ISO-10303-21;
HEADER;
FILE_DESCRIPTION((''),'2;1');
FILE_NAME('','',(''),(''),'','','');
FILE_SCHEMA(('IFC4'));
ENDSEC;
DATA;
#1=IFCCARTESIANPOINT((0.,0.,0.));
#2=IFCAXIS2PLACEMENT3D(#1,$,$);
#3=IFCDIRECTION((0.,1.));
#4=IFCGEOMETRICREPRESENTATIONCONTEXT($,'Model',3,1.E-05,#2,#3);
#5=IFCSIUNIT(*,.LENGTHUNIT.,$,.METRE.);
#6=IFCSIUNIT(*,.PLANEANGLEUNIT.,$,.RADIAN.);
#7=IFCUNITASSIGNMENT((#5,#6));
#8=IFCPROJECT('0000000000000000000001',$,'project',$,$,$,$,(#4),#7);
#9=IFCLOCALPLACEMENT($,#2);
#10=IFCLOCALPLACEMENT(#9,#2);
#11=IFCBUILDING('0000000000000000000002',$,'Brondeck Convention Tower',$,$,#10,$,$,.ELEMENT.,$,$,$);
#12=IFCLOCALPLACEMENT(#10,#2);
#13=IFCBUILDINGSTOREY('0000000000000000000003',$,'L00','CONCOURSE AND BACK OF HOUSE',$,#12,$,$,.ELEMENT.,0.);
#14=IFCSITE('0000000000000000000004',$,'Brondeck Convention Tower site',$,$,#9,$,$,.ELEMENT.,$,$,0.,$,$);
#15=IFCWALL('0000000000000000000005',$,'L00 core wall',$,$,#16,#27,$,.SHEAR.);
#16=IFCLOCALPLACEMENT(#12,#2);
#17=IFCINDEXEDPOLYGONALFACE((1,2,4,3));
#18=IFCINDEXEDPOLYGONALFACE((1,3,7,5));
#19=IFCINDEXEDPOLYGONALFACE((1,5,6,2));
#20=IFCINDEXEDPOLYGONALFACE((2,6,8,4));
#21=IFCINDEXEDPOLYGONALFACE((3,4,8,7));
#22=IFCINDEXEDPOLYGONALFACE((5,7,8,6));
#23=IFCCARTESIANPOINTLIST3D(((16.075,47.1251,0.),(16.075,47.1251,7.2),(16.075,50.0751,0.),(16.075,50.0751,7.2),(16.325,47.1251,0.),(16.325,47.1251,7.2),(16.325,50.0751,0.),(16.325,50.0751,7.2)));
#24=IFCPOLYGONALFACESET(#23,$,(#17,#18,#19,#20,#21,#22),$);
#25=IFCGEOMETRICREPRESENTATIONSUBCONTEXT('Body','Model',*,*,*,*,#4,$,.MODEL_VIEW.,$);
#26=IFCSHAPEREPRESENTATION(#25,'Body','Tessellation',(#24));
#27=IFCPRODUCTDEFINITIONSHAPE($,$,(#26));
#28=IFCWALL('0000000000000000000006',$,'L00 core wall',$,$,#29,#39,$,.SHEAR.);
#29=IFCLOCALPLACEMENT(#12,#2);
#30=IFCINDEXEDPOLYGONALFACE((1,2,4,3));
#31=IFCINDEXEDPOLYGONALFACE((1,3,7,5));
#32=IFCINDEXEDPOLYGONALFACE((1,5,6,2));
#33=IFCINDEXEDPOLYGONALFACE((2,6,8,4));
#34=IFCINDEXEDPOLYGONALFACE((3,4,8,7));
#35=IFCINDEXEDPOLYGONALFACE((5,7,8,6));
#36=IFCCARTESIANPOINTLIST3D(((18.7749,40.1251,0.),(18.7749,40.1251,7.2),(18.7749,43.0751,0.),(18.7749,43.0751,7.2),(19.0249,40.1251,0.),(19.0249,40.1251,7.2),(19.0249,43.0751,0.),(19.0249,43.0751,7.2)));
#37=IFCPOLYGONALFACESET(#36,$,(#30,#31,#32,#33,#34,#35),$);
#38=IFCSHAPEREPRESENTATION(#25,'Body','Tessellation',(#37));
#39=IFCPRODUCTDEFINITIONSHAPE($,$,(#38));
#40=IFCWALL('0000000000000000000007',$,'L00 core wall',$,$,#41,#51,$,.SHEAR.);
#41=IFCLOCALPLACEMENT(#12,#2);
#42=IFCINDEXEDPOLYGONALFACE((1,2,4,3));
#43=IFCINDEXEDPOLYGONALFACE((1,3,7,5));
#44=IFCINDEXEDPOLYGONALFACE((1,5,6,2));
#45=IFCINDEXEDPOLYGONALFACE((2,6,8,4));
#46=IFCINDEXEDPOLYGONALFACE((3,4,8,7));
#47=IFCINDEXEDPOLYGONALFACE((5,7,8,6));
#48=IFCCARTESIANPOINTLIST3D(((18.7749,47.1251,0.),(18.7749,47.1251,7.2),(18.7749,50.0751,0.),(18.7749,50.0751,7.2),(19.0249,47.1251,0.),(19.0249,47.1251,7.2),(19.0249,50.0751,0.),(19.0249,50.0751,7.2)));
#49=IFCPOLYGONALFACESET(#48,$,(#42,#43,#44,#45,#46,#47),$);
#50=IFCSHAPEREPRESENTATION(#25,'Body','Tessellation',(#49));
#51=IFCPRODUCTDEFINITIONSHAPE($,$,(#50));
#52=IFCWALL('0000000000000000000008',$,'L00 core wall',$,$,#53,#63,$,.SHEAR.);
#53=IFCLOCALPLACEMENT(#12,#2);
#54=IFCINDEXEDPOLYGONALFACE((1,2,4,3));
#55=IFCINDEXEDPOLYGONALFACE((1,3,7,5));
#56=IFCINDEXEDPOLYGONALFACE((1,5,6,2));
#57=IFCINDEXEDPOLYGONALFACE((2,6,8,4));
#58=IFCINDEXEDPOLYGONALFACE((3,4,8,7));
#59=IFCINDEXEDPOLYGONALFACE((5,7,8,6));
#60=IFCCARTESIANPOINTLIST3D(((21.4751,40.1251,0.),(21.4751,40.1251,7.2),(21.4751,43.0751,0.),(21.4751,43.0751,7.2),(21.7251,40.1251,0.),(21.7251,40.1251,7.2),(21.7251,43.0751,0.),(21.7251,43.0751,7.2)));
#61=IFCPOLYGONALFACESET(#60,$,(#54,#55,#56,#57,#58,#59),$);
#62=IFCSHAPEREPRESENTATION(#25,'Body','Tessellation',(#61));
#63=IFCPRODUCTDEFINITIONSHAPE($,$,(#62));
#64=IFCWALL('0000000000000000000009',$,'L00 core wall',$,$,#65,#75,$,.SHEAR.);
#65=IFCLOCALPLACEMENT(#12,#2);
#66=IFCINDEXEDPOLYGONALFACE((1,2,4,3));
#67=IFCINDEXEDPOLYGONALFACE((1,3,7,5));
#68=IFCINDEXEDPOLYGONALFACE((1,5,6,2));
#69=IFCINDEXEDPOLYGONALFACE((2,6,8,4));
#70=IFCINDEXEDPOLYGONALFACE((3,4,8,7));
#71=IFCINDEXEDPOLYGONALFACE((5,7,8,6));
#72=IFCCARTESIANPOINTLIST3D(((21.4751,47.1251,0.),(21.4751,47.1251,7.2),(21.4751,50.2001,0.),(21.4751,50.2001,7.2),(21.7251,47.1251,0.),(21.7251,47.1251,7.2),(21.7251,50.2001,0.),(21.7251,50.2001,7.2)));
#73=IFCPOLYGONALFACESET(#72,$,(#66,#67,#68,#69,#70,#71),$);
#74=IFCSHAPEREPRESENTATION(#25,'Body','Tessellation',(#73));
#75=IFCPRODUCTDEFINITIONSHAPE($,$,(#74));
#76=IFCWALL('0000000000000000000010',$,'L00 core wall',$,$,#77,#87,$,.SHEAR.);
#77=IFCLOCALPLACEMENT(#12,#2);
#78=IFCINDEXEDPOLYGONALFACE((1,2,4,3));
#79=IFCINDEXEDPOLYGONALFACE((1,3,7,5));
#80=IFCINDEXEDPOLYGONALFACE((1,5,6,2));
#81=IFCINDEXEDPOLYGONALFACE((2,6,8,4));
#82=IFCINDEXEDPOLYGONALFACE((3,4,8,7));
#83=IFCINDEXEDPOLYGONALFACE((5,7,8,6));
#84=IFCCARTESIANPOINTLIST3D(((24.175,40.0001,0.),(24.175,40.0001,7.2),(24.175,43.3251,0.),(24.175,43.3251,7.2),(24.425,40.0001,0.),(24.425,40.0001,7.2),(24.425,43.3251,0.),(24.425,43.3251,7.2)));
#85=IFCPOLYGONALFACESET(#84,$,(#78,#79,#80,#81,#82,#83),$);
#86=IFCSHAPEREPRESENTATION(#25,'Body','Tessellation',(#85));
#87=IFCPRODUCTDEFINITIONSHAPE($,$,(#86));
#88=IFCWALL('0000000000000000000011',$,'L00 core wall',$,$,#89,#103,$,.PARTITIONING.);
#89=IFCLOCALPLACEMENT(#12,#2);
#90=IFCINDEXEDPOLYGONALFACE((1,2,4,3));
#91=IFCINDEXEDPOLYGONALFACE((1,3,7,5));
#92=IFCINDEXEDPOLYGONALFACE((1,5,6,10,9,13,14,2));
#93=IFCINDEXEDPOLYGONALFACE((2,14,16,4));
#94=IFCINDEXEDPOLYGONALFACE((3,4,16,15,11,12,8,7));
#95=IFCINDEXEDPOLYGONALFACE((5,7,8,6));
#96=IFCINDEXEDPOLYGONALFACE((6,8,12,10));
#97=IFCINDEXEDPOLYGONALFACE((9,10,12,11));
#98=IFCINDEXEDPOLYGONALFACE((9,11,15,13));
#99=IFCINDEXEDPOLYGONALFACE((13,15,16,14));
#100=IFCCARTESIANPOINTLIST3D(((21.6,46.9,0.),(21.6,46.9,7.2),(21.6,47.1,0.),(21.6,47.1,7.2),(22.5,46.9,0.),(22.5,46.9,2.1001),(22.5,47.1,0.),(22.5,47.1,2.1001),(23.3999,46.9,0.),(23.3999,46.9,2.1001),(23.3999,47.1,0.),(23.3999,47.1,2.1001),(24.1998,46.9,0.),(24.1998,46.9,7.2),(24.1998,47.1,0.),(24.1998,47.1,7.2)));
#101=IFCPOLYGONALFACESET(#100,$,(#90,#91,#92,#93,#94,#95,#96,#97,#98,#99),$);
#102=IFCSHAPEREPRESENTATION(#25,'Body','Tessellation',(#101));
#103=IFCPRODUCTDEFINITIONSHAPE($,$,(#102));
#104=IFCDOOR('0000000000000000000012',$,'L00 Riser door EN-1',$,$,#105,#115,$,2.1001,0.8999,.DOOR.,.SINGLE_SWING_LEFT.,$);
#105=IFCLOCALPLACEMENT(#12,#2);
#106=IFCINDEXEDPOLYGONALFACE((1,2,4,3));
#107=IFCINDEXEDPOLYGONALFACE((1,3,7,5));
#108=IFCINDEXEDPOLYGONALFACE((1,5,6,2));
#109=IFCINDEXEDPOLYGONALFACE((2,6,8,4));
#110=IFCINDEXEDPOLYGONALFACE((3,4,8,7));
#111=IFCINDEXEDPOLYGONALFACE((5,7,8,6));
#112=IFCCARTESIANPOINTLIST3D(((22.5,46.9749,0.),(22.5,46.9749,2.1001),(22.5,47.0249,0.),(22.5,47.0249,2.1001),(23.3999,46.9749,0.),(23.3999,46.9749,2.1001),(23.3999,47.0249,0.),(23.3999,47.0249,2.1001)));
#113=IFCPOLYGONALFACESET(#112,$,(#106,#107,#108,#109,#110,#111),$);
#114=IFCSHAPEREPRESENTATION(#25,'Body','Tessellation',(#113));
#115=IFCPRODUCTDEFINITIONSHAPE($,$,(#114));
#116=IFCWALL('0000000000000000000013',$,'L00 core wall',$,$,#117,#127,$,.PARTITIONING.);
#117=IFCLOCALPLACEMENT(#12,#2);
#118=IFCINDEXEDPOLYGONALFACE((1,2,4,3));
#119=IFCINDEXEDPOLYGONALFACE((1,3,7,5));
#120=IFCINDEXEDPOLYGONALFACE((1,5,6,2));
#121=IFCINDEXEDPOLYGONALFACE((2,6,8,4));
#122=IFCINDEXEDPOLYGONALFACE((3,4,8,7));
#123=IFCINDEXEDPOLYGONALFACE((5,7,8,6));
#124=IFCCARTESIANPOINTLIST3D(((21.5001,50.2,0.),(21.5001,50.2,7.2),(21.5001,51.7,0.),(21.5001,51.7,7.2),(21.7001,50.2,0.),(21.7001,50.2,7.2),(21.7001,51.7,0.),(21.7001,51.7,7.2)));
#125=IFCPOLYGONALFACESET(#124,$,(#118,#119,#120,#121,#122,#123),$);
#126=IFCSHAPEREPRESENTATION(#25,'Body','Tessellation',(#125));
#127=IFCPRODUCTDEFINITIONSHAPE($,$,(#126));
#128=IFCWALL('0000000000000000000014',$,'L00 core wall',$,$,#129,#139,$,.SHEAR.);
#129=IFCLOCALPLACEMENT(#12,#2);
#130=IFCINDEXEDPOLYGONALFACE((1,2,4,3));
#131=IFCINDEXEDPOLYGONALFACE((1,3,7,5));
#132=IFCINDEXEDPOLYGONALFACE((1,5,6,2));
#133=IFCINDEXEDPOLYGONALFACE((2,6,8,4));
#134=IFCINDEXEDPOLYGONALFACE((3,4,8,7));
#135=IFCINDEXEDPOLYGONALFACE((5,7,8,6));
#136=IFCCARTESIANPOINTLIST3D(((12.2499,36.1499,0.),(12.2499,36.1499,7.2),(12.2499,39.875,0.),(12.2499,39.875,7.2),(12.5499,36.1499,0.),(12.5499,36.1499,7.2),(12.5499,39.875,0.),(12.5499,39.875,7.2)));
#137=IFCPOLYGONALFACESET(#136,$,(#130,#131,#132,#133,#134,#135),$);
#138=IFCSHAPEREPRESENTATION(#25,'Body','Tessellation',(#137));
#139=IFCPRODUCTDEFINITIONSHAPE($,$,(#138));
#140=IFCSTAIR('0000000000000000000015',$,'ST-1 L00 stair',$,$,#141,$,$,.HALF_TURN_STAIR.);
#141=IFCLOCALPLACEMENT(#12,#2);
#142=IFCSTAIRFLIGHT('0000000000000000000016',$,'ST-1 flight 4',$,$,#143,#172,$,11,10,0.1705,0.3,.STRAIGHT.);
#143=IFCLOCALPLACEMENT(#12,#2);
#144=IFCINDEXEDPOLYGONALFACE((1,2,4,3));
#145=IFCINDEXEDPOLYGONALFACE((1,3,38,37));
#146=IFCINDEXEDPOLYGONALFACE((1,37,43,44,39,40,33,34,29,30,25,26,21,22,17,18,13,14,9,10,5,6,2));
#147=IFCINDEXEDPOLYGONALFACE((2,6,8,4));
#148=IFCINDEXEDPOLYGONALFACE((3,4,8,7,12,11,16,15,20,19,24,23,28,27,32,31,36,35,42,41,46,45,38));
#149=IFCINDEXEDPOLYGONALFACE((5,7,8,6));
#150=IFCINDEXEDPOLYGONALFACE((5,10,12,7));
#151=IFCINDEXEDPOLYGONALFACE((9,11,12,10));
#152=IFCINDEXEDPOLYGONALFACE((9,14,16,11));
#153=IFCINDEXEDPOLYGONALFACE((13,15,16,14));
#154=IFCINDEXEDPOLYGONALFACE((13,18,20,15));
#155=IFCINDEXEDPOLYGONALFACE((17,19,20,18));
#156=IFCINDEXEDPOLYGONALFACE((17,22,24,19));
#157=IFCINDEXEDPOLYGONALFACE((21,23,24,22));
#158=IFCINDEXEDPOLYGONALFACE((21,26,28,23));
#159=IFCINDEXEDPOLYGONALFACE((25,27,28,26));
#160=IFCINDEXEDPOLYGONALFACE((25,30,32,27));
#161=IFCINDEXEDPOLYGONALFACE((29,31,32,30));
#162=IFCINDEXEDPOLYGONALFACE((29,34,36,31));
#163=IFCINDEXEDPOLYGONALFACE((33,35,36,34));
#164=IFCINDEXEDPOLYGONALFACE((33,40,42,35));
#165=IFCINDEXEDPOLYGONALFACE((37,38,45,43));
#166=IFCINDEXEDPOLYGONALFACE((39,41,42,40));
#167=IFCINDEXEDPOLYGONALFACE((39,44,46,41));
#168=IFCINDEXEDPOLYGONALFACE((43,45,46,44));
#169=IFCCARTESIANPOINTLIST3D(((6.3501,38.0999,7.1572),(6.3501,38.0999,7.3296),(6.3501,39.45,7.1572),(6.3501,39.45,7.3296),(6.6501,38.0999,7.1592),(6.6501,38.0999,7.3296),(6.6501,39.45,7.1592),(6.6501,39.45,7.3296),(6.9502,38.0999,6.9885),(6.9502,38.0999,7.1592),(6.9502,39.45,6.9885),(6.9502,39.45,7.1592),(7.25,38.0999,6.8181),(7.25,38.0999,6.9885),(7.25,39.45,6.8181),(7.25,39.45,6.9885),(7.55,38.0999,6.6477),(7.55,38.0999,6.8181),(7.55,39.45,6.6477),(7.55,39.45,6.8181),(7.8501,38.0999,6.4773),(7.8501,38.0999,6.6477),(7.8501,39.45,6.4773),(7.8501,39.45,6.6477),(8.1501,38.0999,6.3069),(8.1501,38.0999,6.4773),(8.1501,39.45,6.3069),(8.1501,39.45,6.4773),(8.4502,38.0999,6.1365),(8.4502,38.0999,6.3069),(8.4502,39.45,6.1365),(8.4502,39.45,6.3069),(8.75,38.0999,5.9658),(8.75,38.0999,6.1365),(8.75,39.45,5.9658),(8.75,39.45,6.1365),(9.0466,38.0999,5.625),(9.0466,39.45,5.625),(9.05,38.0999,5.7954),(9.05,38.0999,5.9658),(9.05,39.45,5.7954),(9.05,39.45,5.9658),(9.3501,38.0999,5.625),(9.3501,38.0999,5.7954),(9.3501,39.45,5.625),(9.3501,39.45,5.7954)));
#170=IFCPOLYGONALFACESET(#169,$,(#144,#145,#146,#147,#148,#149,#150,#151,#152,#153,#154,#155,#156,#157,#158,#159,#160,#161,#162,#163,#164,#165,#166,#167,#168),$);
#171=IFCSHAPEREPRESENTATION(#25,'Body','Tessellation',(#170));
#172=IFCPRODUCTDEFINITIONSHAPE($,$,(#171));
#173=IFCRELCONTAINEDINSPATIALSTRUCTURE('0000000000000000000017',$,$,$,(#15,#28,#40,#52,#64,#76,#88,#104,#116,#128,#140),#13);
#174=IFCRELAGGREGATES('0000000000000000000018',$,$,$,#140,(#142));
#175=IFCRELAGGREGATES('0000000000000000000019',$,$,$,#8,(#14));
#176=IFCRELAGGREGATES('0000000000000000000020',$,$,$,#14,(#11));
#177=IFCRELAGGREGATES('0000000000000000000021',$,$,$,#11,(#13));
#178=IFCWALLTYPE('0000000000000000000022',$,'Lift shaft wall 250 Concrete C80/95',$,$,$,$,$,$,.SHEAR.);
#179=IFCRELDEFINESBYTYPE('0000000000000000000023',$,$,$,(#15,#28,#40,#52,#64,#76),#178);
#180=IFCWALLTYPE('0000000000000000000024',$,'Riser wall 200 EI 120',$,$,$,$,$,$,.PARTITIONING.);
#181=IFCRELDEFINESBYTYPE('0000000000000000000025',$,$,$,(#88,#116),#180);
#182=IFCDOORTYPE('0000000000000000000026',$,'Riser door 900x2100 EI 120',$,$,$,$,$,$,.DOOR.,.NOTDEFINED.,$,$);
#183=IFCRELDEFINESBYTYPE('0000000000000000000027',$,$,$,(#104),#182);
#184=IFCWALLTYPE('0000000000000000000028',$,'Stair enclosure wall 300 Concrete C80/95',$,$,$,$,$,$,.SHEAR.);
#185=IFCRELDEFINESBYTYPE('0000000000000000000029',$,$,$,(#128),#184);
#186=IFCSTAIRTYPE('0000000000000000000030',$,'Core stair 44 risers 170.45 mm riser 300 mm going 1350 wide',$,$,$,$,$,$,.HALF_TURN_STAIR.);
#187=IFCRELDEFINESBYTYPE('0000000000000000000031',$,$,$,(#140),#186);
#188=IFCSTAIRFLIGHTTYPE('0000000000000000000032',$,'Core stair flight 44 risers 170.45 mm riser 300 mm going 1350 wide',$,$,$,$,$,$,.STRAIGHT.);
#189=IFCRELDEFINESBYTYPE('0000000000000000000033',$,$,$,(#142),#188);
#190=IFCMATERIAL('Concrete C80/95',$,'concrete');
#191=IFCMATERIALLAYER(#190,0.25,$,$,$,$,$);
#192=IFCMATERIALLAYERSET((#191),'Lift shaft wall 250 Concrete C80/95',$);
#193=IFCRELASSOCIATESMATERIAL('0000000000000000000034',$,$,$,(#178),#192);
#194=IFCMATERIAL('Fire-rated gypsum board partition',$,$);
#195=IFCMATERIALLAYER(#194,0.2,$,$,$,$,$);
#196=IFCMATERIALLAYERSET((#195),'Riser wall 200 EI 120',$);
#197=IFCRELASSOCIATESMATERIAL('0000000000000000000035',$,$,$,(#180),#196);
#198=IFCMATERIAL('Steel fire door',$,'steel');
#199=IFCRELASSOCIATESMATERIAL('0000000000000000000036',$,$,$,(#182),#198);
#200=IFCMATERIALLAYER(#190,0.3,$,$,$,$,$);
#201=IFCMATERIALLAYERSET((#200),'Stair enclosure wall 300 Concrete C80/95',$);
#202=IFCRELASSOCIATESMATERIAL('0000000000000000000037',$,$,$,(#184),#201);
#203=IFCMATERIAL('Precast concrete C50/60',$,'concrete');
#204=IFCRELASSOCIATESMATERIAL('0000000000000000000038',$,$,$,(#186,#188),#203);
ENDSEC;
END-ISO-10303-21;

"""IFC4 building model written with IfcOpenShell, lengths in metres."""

from ifc_helpers import new_model, si_unit, direction, frame, frame_2d, origin, place, context, subcontext, project, spatial, polyline, rectangle, outline, extrude, material, layer, layer_set, type_object, element, fill, aggregate, save


model = new_model("IFC4")

# Units and contexts
model_context = context("Model", 3, precision=1e-05, world=origin(), true_north=direction((0.0, 1.0)))
body_context = subcontext(model_context, "Body", "Model", "MODEL_VIEW")
ifc_project = project(units=[si_unit("LENGTHUNIT", "METRE"), si_unit("PLANEANGLEUNIT", "RADIAN")], contexts=[model_context])

# Site, building, storey
site_placement = place(None, origin())
site = spatial("IfcSite", under=ifc_project, at=site_placement, Name="Brondeck Convention Tower site", CompositionType="ELEMENT", RefElevation=0.0)
building_placement = place(site_placement, origin())
building = spatial("IfcBuilding", under=site, at=building_placement, Name="Brondeck Convention Tower", CompositionType="ELEMENT")
storey_placement = place(building_placement, origin())
storey = spatial("IfcBuildingStorey", under=building, at=storey_placement, Name="L00", Description="CONCOURSE AND BACK OF HOUSE", CompositionType="ELEMENT", Elevation=0.0)

# Walls
ifc_material_1 = material(Name="Concrete C80/95", Category="concrete")
ifc_material_2 = material(Name="Fire-rated gypsum board partition")
ifc_layer_1 = layer(ifc_material_1, 0.25)
ifc_layer_set_1 = layer_set([ifc_layer_1], Name="Lift shaft wall 250 Concrete C80/95")
wall_type_1 = type_object("IfcWallType", Name="Lift shaft wall 250 Concrete C80/95", PredefinedType="SHEAR", material=ifc_layer_set_1)
for number, where, z_axis, x_axis, name in (
    (1, (16.2, 47.125, 0.0), (0.0, 0.0, 1.0), (0.0, 1.0, 0.0), "L00 core wall"),
    (2, (18.8999, 40.125, 0.0), (0.0, 0.0, 1.0), (0.0, 1.0, 0.0), "L00 core wall"),
    (3, (18.8999, 47.125, 0.0), (0.0, 0.0, 1.0), (0.0, 1.0, 0.0), "L00 core wall"),
    (4, (21.6001, 40.125, 0.0), (0.0, 0.0, 1.0), (0.0, 1.0, 0.0), "L00 core wall"),
):
    element("IfcWall", number, at=place(storey_placement, frame(where, z_axis=z_axis, x_axis=x_axis)), inside=storey, type_object=wall_type_1, Name=name, PredefinedType="SHEAR", context=body_context, shape_type="SweptSolid", body=[
        extrude(rectangle(XDim=2.95, YDim=0.25, at=frame_2d((1.4751, 0.0))), origin(), (0.0, 0.0, 1.0), 7.2),
    ])
wall_1_placement = place(storey_placement, frame((21.6001, 47.125, 0.0), z_axis=(0.0, 0.0, 1.0), x_axis=(0.0, 1.0, 0.0)))
element("IfcWall", 5, at=wall_1_placement, inside=storey, type_object=wall_type_1, Name="L00 core wall", PredefinedType="SHEAR", context=body_context, shape_type="SweptSolid", body=[
    extrude(rectangle(XDim=3.075, YDim=0.25, at=frame_2d((1.5376, 0.0))), origin(), (0.0, 0.0, 1.0), 7.2),
])
wall_2_placement = place(storey_placement, frame((24.3, 40.0, 0.0), z_axis=(0.0, 0.0, 1.0), x_axis=(0.0, 1.0, 0.0)))
element("IfcWall", 6, at=wall_2_placement, inside=storey, type_object=wall_type_1, Name="L00 core wall", PredefinedType="SHEAR", context=body_context, shape_type="SweptSolid", body=[
    extrude(rectangle(XDim=3.325, YDim=0.25, at=frame_2d((1.6626, 0.0))), origin(), (0.0, 0.0, 1.0), 7.2),
])

# Wall, opening, door
ifc_layer_2 = layer(ifc_material_2, 0.2)
ifc_layer_set_2 = layer_set([ifc_layer_2], Name="Riser wall 200 EI 120")
wall_type_2 = type_object("IfcWallType", Name="Riser wall 200 EI 120", PredefinedType="PARTITIONING", material=ifc_layer_set_2)
wall_3_placement = place(storey_placement, frame((21.6001, 47.0, 0.0), z_axis=(0.0, 0.0, 1.0), x_axis=(1.0, 0.0, 0.0)))
wall_3 = element("IfcWall", 7, at=wall_3_placement, inside=storey, type_object=wall_type_2, Name="L00 core wall", PredefinedType="PARTITIONING", context=body_context, shape_type="SweptSolid", body=[
    extrude(rectangle(XDim=2.5999, YDim=0.2, at=frame_2d((1.2998, 0.0))), origin(), (0.0, 0.0, 1.0), 7.2),
])
opening_placement = place(wall_3_placement, frame((0.8999, 0.0, 0.0)))
opening = element("IfcOpeningElement", 8, at=opening_placement, cuts=wall_3, PredefinedType="OPENING", context=body_context, shape_type="SweptSolid", body=[
    extrude(rectangle(XDim=0.8999, YDim=2.1001, at=frame_2d((0.45, 1.05))), frame((0.0, 0.1099, 0.0), z_axis=(0.0, -1.0, 0.0), x_axis=(1.0, 0.0, 0.0)), (0.0, 0.0, 1.0), 0.22),
])
ifc_material_3 = material(Name="Steel fire door", Category="steel")
door_type = type_object("IfcDoorType", Name="Riser door 900x2100 EI 120", OperationType="NOTDEFINED", PredefinedType="DOOR", material=ifc_material_3)
door_placement = place(opening_placement, origin())
door = element("IfcDoor", 9, at=door_placement, inside=storey, type_object=door_type, Name="L00 Riser door EN-1", OperationType="SINGLE_SWING_LEFT", OverallHeight=2.1001, OverallWidth=0.8999, PredefinedType="DOOR", context=body_context, shape_type="SweptSolid", body=[
    extrude(rectangle(XDim=0.8999, YDim=2.1001, at=frame_2d((0.45, 1.05))), frame((0.0, 0.0249, 0.0), z_axis=(0.0, -1.0, 0.0), x_axis=(1.0, 0.0, 0.0)), (0.0, 0.0, 1.0), 0.05),
])
fill(opening, door)

# Walls
wall_4_placement = place(storey_placement, frame((21.6001, 50.2, 0.0), z_axis=(0.0, 0.0, 1.0), x_axis=(0.0, 1.0, 0.0)))
element("IfcWall", 10, at=wall_4_placement, inside=storey, type_object=wall_type_2, Name="L00 core wall", PredefinedType="PARTITIONING", context=body_context, shape_type="SweptSolid", body=[
    extrude(rectangle(XDim=1.5, YDim=0.2, at=frame_2d((0.75, 0.0))), origin(), (0.0, 0.0, 1.0), 7.2),
])
ifc_layer_3 = layer(ifc_material_1, 0.3)
ifc_layer_set_3 = layer_set([ifc_layer_3], Name="Stair enclosure wall 300 Concrete C80/95")
wall_type_3 = type_object("IfcWallType", Name="Stair enclosure wall 300 Concrete C80/95", PredefinedType="SHEAR", material=ifc_layer_set_3)
wall_5_placement = place(storey_placement, frame((12.3999, 36.1499, 0.0), z_axis=(0.0, 0.0, 1.0), x_axis=(0.0, 1.0, 0.0)))
element("IfcWall", 11, at=wall_5_placement, inside=storey, type_object=wall_type_3, Name="L00 core wall", PredefinedType="SHEAR", context=body_context, shape_type="SweptSolid", body=[
    extrude(rectangle(XDim=3.7251, YDim=0.3, at=frame_2d((1.8625, 0.0))), origin(), (0.0, 0.0, 1.0), 7.2),
])

# Stair, stair flight
ifc_material_4 = material(Name="Precast concrete C50/60", Category="concrete")
stair_type = type_object("IfcStairType", Name="Core stair 44 risers 170.45 mm riser 300 mm going 1350 wide", PredefinedType="HALF_TURN_STAIR", material=ifc_material_4)
stair_placement = place(storey_placement, origin())
stair = element("IfcStair", 12, at=stair_placement, inside=storey, type_object=stair_type, Name="ST-1 L00 stair", PredefinedType="HALF_TURN_STAIR")
stair_flight_type = type_object("IfcStairFlightType", Name="Core stair flight 44 risers 170.45 mm riser 300 mm going 1350 wide", PredefinedType="STRAIGHT", material=ifc_material_4)
stair_flight_placement = place(storey_placement, frame((9.3501, 38.7749, 5.625), z_axis=(0.0, 0.0, 1.0), x_axis=(-1.0, 0.0, 0.0)))
stair_flight = element("IfcStairFlight", 13, at=stair_flight_placement, type_object=stair_flight_type, Name="ST-1 flight 4", NumberOfRisers=11, NumberOfTreads=10, PredefinedType="STRAIGHT", RiserHeight=0.1705, TreadLength=0.3, context=body_context, shape_type="SweptSolid", body=[
    extrude(outline(polyline([(0.0, 0.0), (0.0, 0.1704), (0.3, 0.1704), (0.3, 0.3408), (0.6001, 0.3408), (0.6001, 0.5115), (0.8999, 0.5115), (0.8999, 0.6819), (1.2, 0.6819), (1.2, 0.8523), (1.5, 0.8523), (1.5, 1.0227), (1.8, 1.0227), (1.8, 1.1931), (2.1001, 1.1931), (2.1001, 1.3635), (2.3999, 1.3635), (2.3999, 1.5342), (2.7, 1.5342), (2.7, 1.7046), (3.0, 1.7046), (3.0, 1.875), (3.0, 1.5322), (0.3035, 0.0), (0.0, 0.0)])), frame((0.0, 0.675, 0.0), z_axis=(0.0, -1.0, 0.0), x_axis=(1.0, 0.0, 0.0)), (0.0, 0.0, 1.0), 1.3501),
])
aggregate(stair, [stair_flight])

save(model, "model.ifc")
